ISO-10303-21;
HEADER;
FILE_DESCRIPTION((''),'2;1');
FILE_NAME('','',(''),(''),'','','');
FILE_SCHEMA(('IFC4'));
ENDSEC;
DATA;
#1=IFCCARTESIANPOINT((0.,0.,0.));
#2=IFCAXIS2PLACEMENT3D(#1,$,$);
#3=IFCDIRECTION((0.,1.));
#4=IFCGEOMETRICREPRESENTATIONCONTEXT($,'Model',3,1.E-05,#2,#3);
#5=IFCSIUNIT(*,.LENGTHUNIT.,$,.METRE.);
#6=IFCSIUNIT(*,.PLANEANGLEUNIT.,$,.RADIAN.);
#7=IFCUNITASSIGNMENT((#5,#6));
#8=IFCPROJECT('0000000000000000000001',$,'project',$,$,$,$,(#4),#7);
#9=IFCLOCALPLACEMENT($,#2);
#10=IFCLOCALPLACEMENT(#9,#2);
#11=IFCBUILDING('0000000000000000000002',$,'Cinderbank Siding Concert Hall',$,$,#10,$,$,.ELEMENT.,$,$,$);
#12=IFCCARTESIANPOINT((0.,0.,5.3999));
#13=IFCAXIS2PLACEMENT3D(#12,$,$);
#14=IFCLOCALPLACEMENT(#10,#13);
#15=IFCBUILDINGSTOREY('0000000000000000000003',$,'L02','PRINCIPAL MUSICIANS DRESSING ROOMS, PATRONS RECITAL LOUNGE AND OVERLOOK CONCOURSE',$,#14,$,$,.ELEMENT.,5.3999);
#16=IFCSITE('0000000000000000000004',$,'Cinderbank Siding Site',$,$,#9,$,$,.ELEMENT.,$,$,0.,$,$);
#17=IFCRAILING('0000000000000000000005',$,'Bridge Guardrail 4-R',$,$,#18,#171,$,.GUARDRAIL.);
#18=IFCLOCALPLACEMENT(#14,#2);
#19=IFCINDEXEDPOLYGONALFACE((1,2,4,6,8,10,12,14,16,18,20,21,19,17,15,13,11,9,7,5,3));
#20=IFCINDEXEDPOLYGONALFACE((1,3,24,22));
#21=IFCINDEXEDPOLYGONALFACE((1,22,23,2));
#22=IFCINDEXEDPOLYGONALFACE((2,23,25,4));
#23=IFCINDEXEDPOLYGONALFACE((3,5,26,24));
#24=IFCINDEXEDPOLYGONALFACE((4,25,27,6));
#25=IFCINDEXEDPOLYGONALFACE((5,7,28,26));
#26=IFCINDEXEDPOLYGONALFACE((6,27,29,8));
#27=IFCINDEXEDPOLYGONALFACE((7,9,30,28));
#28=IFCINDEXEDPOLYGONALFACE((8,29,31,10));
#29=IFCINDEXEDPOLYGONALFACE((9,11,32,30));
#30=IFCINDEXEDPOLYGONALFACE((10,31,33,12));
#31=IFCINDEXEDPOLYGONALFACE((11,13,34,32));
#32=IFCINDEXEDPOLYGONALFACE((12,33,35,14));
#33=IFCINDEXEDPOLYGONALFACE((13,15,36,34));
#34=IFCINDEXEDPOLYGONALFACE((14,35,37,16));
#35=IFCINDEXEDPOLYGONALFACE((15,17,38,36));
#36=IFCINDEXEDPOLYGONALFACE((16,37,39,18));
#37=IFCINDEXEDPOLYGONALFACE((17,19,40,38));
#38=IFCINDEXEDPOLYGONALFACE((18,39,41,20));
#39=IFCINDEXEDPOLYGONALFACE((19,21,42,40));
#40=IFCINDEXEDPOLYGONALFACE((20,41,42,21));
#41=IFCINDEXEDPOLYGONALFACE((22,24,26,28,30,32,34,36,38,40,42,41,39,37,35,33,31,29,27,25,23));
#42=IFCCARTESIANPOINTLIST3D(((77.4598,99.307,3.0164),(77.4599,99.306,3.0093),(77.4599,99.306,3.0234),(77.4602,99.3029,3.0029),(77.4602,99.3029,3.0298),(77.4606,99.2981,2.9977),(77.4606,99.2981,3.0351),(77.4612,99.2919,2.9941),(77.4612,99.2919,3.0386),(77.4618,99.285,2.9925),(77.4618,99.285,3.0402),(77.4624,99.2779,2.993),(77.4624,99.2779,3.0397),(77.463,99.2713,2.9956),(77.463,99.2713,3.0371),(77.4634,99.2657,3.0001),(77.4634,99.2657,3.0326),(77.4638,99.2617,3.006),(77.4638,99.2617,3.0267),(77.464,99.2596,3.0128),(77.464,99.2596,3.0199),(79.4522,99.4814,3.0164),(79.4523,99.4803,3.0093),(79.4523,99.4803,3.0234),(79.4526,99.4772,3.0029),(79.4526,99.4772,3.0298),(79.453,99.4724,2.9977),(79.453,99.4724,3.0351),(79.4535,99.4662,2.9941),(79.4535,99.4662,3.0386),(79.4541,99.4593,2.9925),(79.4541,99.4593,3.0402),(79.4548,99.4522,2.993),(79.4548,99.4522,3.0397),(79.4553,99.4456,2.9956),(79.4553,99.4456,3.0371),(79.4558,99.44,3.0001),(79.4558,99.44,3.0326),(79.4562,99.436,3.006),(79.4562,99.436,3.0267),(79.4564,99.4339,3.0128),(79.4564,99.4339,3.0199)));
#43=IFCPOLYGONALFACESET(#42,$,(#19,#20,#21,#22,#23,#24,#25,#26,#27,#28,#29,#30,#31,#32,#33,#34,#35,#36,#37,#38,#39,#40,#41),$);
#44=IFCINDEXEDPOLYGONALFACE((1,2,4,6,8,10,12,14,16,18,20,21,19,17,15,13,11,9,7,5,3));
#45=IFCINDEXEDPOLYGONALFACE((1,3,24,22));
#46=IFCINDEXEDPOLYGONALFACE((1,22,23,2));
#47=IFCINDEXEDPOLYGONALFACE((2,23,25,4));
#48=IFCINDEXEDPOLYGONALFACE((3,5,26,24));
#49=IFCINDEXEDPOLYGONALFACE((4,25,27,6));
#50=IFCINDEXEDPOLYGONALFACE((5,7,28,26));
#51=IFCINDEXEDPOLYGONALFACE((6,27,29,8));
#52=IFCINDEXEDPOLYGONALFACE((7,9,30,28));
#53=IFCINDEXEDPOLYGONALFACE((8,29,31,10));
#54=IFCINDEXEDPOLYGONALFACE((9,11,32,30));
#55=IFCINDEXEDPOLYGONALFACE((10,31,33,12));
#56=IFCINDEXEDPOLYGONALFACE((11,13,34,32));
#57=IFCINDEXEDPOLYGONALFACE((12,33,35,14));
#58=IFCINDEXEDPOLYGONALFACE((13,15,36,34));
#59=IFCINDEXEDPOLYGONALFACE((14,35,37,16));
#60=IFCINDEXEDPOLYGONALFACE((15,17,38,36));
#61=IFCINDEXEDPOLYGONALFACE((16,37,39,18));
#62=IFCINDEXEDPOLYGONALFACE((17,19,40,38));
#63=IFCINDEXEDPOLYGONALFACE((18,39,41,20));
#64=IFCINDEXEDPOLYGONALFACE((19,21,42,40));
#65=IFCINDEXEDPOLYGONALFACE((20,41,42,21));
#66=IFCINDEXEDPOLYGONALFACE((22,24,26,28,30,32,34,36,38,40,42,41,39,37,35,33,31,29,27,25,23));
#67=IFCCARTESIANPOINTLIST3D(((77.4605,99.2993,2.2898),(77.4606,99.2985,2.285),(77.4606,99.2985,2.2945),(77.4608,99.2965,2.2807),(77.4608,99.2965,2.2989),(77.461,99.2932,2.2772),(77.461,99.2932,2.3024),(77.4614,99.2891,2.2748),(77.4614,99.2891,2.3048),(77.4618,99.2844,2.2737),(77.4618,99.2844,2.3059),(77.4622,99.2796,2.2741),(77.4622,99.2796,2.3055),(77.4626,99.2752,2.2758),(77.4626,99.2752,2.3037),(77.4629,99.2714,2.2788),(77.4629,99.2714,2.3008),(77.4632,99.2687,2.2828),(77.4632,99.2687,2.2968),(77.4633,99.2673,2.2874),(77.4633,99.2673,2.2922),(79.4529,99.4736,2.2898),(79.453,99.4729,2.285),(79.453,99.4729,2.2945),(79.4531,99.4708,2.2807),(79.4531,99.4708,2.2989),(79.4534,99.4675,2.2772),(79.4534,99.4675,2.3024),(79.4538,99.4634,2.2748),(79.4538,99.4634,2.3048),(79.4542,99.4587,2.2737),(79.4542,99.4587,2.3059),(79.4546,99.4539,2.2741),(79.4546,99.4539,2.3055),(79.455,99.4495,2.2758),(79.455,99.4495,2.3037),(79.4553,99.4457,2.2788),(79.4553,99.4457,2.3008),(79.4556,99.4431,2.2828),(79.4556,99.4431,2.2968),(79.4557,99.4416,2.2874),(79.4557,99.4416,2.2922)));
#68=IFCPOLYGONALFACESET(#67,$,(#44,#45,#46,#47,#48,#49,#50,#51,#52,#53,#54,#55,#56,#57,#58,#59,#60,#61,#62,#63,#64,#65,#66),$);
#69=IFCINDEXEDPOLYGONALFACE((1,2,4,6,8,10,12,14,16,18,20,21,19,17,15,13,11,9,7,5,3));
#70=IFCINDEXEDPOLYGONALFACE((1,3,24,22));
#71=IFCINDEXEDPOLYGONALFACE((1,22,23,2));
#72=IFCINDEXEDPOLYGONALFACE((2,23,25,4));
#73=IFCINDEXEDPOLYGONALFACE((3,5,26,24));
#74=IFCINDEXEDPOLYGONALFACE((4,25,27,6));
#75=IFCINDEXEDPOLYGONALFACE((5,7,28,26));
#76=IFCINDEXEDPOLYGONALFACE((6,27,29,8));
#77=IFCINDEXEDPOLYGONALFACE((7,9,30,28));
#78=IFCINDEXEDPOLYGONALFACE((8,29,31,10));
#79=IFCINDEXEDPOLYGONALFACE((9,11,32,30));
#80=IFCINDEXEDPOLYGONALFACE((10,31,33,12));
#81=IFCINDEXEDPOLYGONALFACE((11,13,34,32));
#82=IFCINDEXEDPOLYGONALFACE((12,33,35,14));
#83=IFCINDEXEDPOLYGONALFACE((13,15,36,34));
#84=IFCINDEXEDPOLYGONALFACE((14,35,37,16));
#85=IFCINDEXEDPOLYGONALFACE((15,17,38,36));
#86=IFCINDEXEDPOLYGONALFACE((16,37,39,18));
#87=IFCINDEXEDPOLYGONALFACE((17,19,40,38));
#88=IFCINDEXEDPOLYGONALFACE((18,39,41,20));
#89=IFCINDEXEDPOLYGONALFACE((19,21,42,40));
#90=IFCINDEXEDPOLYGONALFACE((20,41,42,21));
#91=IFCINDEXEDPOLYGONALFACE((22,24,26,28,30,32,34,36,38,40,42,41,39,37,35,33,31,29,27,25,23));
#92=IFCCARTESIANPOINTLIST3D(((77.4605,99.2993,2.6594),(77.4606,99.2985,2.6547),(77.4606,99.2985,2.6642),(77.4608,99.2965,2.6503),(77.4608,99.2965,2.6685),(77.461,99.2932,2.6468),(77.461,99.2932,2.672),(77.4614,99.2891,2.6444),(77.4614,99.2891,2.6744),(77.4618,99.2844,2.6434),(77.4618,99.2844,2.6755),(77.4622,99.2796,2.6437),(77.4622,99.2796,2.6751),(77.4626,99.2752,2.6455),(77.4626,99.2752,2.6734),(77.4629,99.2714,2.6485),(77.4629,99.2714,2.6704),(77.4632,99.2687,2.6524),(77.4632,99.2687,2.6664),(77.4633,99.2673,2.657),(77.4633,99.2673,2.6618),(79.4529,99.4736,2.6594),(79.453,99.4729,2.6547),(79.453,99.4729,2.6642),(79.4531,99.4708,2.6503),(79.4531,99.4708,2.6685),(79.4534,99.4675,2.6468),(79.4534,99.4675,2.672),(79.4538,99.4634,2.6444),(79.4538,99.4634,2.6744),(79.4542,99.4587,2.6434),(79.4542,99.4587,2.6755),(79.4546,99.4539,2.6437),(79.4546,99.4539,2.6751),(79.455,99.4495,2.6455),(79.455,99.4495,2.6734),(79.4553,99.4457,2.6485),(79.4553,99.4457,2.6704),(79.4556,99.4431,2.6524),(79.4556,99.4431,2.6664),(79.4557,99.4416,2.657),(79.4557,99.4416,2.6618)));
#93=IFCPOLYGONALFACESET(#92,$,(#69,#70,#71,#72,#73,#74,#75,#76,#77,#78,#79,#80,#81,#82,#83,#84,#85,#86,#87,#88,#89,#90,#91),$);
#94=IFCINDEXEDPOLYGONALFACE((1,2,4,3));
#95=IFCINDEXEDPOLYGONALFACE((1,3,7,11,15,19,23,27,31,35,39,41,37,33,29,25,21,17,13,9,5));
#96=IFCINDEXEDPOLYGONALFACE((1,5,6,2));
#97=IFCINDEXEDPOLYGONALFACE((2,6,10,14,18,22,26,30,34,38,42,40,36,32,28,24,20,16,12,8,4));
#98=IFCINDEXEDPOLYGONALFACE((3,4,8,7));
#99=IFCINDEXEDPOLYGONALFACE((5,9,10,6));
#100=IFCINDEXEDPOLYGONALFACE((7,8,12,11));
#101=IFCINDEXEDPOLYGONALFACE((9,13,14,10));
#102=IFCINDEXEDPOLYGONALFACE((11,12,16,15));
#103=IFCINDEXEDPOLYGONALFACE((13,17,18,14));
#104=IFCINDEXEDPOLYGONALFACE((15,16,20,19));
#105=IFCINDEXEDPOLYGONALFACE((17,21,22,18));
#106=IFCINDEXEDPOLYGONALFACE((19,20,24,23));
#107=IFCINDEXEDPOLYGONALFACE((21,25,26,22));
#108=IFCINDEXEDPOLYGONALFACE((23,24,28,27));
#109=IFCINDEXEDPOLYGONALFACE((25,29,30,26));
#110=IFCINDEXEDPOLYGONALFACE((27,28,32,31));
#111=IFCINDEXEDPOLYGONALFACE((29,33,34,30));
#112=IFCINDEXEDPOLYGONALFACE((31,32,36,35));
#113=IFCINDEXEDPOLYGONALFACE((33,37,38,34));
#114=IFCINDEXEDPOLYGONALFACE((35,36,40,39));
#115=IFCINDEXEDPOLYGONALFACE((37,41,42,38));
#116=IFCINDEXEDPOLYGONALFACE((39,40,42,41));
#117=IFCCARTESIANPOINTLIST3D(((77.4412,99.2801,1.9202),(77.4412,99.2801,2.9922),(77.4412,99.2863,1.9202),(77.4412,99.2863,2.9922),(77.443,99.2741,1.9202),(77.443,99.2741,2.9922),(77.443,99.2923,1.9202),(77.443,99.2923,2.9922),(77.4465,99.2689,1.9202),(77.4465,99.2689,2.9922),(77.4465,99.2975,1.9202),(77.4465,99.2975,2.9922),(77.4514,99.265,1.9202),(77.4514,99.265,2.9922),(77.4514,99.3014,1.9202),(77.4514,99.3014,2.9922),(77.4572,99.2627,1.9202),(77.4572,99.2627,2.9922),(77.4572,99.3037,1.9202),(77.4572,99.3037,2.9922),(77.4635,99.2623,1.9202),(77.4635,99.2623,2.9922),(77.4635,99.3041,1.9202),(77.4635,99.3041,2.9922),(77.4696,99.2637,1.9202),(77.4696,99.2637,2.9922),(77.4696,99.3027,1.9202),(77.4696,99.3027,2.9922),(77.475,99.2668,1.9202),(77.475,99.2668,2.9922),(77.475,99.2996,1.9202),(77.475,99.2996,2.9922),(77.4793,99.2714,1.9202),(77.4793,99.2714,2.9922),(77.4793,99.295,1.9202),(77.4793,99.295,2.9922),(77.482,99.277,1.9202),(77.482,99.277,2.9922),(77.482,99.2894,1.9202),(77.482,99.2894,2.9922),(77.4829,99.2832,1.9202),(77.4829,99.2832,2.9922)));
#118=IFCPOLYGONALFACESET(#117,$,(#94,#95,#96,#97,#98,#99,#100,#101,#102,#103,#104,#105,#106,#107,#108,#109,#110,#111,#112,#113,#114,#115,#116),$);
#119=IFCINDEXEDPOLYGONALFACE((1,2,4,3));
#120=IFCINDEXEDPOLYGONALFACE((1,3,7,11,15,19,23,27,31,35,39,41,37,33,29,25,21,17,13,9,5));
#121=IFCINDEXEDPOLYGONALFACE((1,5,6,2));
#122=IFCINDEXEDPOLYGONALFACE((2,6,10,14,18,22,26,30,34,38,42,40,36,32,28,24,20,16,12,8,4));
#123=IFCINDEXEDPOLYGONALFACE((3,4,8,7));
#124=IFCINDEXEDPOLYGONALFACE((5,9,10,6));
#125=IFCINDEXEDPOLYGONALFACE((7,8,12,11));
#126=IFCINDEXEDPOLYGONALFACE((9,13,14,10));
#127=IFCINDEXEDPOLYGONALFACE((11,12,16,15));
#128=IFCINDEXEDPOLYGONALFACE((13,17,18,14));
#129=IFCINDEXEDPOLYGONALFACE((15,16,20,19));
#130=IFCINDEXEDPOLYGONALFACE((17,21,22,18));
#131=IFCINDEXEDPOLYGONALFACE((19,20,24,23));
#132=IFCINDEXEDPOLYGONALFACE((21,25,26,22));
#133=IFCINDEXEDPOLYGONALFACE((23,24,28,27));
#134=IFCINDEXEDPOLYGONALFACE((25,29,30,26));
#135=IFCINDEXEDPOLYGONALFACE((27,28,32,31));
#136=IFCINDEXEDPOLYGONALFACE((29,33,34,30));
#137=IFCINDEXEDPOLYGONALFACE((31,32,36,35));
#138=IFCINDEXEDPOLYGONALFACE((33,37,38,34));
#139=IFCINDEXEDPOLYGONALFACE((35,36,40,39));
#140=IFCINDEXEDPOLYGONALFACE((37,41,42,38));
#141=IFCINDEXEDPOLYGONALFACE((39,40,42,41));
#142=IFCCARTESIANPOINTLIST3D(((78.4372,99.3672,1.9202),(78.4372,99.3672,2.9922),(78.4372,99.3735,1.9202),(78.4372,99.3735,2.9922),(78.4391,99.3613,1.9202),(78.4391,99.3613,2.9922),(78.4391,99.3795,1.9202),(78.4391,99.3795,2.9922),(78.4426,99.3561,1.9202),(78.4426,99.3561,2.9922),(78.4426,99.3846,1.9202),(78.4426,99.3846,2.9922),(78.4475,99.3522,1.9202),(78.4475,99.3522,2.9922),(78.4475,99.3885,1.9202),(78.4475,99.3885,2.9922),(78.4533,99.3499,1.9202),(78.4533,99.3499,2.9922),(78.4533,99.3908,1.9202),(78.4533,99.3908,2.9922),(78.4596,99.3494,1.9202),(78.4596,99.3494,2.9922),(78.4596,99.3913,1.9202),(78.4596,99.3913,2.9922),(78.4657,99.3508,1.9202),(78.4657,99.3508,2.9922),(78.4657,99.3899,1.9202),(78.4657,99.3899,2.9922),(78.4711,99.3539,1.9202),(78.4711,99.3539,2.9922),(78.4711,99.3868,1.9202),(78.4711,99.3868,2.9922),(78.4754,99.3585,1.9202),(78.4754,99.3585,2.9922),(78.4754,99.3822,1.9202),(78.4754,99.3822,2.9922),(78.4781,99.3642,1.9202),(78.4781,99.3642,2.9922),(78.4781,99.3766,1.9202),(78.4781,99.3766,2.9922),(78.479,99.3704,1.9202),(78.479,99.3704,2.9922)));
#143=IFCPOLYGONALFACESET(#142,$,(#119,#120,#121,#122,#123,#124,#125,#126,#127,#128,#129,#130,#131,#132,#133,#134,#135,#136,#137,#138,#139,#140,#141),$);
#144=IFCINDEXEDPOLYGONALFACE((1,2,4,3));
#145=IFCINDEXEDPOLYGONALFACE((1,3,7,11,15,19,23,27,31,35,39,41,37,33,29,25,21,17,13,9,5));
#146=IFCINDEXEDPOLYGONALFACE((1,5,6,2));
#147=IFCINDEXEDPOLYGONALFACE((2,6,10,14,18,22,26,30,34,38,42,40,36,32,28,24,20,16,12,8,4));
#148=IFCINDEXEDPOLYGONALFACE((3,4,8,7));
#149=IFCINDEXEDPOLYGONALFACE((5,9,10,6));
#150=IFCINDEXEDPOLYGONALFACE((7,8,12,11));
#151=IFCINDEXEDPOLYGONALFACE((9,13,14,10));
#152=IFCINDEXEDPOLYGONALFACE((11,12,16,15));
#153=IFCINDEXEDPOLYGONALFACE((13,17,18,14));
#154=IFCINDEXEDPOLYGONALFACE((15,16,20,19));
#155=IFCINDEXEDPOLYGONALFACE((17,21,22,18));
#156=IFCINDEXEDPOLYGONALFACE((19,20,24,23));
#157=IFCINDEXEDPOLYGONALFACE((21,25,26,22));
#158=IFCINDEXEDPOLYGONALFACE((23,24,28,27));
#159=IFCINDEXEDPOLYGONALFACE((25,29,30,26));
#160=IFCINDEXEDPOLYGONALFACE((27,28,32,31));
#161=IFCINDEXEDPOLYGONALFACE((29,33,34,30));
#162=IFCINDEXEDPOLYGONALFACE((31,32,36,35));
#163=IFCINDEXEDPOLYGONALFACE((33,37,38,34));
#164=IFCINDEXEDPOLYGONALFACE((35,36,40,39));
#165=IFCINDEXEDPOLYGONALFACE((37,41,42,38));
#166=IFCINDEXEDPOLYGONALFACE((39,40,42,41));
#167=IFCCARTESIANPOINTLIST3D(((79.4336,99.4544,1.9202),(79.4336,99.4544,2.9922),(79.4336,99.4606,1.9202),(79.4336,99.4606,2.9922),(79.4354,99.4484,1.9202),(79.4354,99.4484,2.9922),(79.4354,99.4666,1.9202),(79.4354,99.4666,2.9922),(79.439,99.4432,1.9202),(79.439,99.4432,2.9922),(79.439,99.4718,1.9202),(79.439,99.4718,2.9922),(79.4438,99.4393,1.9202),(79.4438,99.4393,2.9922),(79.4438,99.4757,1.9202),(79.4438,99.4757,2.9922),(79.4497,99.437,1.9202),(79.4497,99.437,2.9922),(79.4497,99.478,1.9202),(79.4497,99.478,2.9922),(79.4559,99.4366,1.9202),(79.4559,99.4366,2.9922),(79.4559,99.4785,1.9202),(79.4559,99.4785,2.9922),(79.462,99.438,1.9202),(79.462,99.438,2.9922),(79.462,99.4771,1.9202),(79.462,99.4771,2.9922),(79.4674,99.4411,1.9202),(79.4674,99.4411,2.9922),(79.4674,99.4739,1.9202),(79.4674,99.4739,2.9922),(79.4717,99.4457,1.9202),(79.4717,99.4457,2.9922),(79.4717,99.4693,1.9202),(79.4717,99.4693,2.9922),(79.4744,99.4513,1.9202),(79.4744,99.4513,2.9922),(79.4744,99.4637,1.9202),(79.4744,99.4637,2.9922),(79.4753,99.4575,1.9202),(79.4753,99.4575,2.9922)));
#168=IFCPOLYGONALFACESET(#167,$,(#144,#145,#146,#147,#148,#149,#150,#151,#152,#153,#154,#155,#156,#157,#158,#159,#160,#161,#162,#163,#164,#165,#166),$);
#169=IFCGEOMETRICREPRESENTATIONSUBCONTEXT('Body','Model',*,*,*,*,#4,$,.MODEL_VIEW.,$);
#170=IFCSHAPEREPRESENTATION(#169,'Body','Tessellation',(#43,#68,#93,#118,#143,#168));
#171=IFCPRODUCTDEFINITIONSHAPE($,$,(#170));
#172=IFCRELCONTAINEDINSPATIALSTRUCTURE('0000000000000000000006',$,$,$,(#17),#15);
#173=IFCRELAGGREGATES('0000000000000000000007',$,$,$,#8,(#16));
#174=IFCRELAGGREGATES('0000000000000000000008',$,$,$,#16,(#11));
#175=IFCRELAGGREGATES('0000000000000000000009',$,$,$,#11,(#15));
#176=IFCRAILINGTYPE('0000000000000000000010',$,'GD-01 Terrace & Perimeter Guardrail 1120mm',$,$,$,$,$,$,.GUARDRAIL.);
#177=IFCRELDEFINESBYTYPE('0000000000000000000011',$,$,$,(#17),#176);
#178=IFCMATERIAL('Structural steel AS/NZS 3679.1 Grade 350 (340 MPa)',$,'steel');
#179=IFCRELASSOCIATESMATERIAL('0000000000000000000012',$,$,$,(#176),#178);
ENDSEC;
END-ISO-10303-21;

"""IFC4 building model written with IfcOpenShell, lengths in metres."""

from ifc_helpers import new_model, si_unit, direction, frame, origin, origin_2d, place, context, subcontext, project, spatial, circle, extrude, material, type_object, element, save


model = new_model("IFC4")

# Units and contexts
model_context = context("Model", 3, precision=1e-05, world=origin(), true_north=direction((0.0, 1.0)))
body_context = subcontext(model_context, "Body", "Model", "MODEL_VIEW")
ifc_project = project(units=[si_unit("LENGTHUNIT", "METRE"), si_unit("PLANEANGLEUNIT", "RADIAN")], contexts=[model_context])

# Site, building, storey
site_placement = place(None, origin())
site = spatial("IfcSite", under=ifc_project, at=site_placement, Name="Cinderbank Siding Site", CompositionType="ELEMENT", RefElevation=0.0)
building_placement = place(site_placement, origin())
building = spatial("IfcBuilding", under=site, at=building_placement, Name="Cinderbank Siding Concert Hall", CompositionType="ELEMENT")
storey_placement = place(building_placement, frame((0.0, 0.0, 5.3999)))
storey = spatial("IfcBuildingStorey", under=building, at=storey_placement, Name="L02", Description="PRINCIPAL MUSICIANS DRESSING ROOMS, PATRONS RECITAL LOUNGE AND OVERLOOK CONCOURSE", CompositionType="ELEMENT", Elevation=5.3999)

# Railing
ifc_material_1 = material(Name="Structural steel AS/NZS 3679.1 Grade 350 (340 MPa)", Category="steel")
railing_type_1 = type_object("IfcRailingType", Name="GD-01 Terrace & Perimeter Guardrail 1120mm", PredefinedType="GUARDRAIL", material=ifc_material_1)
railing_1_placement = place(storey_placement, frame((77.4619, 99.2832, 1.9202)))
element("IfcRailing", 1, at=railing_1_placement, inside=storey, type_object=railing_type_1, Name="Bridge Guardrail 4-R", PredefinedType="GUARDRAIL", context=body_context, shape_type="SweptSolid", body=[
    extrude(circle(Radius=0.0239, at=origin_2d()), frame((0.0, 0.0, 1.0962), z_axis=(0.996195, 0.087156, 0.0), x_axis=(-0.087156, 0.996195, 0.0)), (0.0, 0.0, 1.0), 2.0),
    extrude(circle(Radius=0.0161, at=origin_2d()), frame((0.0, 0.0, 0.3696), z_axis=(0.996195, 0.087156, 0.0), x_axis=(-0.087156, 0.996195, 0.0)), (0.0, 0.0, 1.0), 2.0),
    extrude(circle(Radius=0.0161, at=origin_2d()), frame((0.0, 0.0, 0.7393), z_axis=(0.996195, 0.087156, 0.0), x_axis=(-0.087156, 0.996195, 0.0)), (0.0, 0.0, 1.0), 2.0),
    extrude(circle(Radius=0.021, at=origin_2d()), origin(), (0.0, 0.0, 1.0), 1.072),
    extrude(circle(Radius=0.021, at=origin_2d()), frame((0.9961, 0.0872, 0.0)), (0.0, 0.0, 1.0), 1.072),
    extrude(circle(Radius=0.021, at=origin_2d()), frame((1.9924, 0.1743, 0.0)), (0.0, 0.0, 1.0), 1.072),
])

save(model, "model.ifc")
